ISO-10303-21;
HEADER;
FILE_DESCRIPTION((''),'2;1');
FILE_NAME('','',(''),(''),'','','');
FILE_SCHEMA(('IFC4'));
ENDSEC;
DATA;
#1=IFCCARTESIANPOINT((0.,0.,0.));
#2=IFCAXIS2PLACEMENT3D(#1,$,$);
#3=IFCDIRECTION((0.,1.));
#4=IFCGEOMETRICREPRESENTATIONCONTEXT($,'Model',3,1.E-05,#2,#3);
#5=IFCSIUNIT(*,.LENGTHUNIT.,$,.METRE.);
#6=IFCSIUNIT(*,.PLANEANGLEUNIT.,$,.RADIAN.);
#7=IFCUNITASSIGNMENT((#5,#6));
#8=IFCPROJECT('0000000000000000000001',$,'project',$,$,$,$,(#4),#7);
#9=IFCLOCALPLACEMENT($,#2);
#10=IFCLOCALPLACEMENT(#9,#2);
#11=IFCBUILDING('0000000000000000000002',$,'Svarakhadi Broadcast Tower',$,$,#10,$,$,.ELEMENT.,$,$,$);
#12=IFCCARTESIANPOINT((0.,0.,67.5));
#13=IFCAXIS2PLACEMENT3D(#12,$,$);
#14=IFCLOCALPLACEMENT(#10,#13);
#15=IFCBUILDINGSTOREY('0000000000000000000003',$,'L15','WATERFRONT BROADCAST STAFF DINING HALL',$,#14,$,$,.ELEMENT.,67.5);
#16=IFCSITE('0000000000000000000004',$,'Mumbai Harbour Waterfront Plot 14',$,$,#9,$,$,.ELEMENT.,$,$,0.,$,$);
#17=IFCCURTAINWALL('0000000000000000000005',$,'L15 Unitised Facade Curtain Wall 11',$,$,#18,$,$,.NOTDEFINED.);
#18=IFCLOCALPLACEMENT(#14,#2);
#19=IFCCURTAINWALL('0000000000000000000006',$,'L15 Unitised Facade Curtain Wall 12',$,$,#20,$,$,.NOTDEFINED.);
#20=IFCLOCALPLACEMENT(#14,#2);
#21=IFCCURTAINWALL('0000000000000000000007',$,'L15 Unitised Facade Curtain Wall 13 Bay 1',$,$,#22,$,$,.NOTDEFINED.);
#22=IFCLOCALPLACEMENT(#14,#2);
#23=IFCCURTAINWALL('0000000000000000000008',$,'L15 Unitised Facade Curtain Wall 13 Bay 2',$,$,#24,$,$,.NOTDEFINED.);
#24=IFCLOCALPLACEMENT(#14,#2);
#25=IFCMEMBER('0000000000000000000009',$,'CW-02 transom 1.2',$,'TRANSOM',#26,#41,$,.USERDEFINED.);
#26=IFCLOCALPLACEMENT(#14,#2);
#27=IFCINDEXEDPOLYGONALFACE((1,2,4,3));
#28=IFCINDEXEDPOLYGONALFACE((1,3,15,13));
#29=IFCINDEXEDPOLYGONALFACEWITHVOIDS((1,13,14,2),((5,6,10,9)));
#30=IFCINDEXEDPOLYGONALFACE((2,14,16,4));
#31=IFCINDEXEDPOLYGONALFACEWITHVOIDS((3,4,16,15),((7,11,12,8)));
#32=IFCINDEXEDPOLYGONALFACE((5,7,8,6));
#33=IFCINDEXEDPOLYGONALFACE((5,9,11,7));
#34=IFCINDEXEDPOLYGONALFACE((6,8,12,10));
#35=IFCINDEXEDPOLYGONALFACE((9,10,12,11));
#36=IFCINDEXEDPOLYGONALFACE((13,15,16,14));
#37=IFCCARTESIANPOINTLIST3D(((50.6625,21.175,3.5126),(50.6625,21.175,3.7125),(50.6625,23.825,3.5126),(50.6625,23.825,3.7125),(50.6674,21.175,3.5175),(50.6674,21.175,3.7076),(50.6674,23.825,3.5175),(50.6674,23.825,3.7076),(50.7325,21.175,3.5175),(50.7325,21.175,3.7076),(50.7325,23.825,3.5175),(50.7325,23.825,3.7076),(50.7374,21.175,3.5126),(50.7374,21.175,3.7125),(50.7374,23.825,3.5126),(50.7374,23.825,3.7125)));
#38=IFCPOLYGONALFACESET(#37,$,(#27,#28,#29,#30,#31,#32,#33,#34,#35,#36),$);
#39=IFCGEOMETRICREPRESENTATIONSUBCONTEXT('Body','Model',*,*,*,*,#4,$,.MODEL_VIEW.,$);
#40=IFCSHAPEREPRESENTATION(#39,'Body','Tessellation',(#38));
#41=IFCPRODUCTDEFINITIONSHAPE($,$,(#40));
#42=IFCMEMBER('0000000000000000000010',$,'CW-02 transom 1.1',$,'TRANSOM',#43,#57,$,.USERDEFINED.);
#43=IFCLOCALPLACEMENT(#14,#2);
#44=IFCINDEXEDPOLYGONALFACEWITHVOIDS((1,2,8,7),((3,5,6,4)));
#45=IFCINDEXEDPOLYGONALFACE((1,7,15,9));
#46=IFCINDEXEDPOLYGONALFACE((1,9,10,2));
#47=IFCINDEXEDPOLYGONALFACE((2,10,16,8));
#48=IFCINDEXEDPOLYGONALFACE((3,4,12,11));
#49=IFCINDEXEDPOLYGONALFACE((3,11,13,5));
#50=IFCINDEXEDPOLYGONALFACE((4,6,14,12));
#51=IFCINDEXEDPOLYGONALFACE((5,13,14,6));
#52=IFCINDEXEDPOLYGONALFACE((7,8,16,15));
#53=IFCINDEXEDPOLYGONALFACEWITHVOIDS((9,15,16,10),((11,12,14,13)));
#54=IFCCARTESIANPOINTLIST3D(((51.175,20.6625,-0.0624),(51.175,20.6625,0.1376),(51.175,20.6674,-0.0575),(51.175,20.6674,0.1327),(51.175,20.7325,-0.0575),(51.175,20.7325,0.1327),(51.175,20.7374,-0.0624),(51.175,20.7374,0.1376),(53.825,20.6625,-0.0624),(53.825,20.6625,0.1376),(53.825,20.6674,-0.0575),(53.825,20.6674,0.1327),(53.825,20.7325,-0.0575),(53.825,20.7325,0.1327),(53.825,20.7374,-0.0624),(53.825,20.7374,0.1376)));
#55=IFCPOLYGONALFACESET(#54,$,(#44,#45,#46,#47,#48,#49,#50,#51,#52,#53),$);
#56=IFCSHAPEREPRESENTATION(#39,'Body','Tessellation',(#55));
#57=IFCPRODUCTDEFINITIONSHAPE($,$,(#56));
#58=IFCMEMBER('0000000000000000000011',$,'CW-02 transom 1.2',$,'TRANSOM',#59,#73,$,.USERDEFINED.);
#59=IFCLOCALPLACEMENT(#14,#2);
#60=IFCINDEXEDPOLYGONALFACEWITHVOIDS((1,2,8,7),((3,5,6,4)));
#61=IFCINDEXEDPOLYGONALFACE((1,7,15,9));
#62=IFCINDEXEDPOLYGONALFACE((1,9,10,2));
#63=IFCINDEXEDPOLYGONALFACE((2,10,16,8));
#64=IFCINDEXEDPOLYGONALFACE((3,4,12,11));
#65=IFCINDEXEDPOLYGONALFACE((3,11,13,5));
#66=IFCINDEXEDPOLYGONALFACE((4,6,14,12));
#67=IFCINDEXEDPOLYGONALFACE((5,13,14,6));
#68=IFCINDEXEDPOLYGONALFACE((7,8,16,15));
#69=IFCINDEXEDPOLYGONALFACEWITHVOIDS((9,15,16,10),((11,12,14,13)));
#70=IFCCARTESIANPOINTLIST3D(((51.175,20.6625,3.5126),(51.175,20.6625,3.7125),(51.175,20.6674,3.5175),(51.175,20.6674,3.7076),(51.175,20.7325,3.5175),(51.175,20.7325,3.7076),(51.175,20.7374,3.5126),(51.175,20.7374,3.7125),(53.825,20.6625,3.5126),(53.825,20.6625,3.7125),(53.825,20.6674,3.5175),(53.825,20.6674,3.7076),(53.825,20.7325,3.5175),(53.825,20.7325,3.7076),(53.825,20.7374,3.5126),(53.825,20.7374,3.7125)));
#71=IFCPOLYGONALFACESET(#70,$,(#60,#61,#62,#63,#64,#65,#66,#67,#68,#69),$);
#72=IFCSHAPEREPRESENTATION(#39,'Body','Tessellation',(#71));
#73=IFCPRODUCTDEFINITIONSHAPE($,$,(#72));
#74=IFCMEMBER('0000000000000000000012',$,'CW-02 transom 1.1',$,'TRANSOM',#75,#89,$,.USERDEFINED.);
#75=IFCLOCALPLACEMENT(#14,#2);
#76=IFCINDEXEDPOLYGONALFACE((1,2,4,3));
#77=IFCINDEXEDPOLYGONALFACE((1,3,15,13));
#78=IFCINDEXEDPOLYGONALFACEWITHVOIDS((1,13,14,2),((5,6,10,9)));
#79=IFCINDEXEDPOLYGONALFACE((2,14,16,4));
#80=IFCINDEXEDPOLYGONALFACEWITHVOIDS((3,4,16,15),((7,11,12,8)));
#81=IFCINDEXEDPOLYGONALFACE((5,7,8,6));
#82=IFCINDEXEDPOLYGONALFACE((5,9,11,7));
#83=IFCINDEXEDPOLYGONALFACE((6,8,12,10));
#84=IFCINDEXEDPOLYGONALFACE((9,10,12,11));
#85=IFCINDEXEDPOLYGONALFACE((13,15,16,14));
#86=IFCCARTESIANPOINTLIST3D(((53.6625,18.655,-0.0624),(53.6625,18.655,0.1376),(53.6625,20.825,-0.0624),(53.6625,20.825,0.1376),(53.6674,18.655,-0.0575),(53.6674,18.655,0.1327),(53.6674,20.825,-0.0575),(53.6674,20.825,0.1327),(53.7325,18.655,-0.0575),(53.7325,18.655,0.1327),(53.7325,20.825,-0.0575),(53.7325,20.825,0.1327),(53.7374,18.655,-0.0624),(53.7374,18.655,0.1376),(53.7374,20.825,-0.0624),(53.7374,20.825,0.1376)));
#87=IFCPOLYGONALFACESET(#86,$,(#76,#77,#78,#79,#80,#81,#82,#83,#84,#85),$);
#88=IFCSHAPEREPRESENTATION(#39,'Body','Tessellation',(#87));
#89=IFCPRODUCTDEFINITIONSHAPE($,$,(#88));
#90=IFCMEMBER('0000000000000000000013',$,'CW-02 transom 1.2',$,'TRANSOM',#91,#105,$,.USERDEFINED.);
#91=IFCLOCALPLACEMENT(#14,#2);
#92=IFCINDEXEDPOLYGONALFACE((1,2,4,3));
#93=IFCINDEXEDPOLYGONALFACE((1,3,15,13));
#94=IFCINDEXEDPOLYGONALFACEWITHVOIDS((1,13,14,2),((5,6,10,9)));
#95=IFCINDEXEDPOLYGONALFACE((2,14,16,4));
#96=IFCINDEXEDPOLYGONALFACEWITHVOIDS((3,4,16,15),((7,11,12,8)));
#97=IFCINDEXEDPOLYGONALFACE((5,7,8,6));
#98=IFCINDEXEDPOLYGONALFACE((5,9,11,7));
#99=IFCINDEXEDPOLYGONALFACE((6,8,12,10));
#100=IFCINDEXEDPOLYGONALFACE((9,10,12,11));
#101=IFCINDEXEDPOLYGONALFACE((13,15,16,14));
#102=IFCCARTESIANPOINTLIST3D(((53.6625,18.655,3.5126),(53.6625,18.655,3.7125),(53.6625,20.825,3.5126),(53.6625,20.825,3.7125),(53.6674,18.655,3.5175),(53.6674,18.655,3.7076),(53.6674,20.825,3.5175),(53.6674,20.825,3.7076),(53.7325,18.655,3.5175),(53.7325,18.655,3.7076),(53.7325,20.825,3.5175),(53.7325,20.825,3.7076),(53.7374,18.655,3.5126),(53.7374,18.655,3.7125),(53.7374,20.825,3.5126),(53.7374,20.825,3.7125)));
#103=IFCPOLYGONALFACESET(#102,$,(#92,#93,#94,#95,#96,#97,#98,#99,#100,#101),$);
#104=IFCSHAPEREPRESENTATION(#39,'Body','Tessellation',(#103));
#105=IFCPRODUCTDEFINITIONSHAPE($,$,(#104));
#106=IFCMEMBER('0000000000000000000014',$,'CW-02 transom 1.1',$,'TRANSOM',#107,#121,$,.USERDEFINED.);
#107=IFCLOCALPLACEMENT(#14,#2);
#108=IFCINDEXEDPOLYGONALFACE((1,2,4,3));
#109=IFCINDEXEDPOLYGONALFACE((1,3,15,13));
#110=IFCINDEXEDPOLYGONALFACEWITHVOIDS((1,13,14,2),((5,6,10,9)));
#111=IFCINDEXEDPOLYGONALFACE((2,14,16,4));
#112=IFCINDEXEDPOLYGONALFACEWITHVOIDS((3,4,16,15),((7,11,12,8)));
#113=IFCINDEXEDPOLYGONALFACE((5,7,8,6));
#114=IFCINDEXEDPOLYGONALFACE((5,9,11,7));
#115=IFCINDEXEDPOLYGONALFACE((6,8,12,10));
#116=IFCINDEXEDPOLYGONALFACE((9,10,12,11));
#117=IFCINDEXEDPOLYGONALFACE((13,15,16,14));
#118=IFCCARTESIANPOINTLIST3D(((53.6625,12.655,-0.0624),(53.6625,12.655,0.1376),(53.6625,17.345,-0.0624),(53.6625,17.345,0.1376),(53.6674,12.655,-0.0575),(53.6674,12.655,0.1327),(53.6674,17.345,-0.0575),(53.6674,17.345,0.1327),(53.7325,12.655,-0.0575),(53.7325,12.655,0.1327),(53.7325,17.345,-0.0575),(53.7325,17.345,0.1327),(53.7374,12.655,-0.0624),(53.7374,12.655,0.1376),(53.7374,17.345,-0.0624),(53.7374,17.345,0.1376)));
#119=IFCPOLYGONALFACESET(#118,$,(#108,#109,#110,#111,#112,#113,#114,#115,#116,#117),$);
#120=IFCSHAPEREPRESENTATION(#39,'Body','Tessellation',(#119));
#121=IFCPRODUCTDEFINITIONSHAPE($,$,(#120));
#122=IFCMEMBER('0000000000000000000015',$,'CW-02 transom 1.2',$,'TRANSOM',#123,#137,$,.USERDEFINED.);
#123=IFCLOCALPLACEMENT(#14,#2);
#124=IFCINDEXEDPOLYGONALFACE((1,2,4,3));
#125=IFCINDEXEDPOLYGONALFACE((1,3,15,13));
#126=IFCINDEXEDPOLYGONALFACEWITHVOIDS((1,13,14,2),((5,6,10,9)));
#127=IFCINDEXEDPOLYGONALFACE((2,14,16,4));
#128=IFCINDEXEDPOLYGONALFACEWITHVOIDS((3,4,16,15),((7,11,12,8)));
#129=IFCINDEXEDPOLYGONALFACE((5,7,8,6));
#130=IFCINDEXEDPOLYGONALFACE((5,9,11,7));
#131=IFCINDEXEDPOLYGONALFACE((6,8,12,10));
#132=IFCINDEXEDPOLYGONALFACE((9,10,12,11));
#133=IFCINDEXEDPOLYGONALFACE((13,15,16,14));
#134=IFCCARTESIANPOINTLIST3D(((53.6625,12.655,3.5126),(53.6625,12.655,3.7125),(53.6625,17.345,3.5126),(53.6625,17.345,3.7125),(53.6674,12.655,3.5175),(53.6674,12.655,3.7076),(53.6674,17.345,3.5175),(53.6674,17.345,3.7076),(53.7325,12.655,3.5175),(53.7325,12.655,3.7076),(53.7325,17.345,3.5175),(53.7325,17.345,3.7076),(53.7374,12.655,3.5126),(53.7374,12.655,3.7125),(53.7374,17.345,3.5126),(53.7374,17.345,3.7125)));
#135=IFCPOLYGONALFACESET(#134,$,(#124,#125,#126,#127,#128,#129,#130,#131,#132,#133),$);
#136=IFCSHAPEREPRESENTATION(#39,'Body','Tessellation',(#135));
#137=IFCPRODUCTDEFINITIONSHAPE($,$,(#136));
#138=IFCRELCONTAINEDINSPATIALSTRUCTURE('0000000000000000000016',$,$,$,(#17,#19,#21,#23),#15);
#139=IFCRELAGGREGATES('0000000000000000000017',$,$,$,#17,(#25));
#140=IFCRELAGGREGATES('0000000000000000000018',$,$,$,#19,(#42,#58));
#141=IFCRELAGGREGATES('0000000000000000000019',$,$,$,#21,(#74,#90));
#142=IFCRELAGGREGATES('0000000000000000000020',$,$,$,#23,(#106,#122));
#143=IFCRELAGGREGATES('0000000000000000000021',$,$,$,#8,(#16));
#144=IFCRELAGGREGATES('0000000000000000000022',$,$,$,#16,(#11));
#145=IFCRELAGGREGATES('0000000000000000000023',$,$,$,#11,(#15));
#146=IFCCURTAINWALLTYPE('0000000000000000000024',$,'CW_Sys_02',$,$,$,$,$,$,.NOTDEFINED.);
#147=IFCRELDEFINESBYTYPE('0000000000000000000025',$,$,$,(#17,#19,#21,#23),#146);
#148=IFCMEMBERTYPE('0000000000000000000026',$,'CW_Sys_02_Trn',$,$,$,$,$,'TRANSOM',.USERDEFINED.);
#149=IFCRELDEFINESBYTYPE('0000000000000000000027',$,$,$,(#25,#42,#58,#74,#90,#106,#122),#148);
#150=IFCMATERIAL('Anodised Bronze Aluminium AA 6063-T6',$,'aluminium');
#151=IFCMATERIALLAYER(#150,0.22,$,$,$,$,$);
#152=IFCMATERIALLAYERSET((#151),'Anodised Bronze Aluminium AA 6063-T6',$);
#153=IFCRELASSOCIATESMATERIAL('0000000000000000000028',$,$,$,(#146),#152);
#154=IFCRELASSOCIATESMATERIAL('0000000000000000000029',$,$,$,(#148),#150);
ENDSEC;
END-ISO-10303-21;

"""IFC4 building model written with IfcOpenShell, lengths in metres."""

from ifc_helpers import new_model, si_unit, direction, frame, origin, origin_2d, place, context, subcontext, project, spatial, hollow_rectangle, extrude, material, layer, layer_set, material_profile, profile_set, type_object, element, aggregate, save


model = new_model("IFC4")

# Units and contexts
model_context = context("Model", 3, precision=1e-05, world=origin(), true_north=direction((0.0, 1.0)))
body_context = subcontext(model_context, "Body", "Model", "MODEL_VIEW")
ifc_project = project(units=[si_unit("LENGTHUNIT", "METRE"), si_unit("PLANEANGLEUNIT", "RADIAN")], contexts=[model_context])

# Site, building, storey
site_placement = place(None, origin())
site = spatial("IfcSite", under=ifc_project, at=site_placement, Name="Mumbai Harbour Waterfront Plot 14", CompositionType="ELEMENT", RefElevation=0.0)
building_placement = place(site_placement, origin())
building = spatial("IfcBuilding", under=site, at=building_placement, Name="Svarakhadi Broadcast Tower", CompositionType="ELEMENT")
storey_placement = place(building_placement, frame((0.0, 0.0, 67.5)))
storey = spatial("IfcBuildingStorey", under=building, at=storey_placement, Name="L15", Description="WATERFRONT BROADCAST STAFF DINING HALL", CompositionType="ELEMENT", Elevation=67.5)

# Curtain wall
ifc_material_1 = material(Name="Anodised Bronze Aluminium AA 6063-T6", Category="aluminium")
ifc_layer_1 = layer(ifc_material_1, 0.22)
ifc_layer_set_1 = layer_set([ifc_layer_1], Name="Anodised Bronze Aluminium AA 6063-T6")
curtain_wall_type = type_object("IfcCurtainWallType", Name="CW_Sys_02", PredefinedType="NOTDEFINED", material=ifc_layer_set_1)
curtain_wall_1_placement = place(storey_placement, origin())
curtain_wall_1 = element("IfcCurtainWall", 1, at=curtain_wall_1_placement, inside=storey, type_object=curtain_wall_type, Name="L15 Unitised Facade Curtain Wall 11", PredefinedType="NOTDEFINED")

# Curtain walls
curtain_wall_2_placement = place(storey_placement, origin())
curtain_wall_2 = element("IfcCurtainWall", 2, at=curtain_wall_2_placement, inside=storey, type_object=curtain_wall_type, Name="L15 Unitised Facade Curtain Wall 12", PredefinedType="NOTDEFINED")
curtain_wall_3_placement = place(storey_placement, origin())
curtain_wall_3 = element("IfcCurtainWall", 3, at=curtain_wall_3_placement, inside=storey, type_object=curtain_wall_type, Name="L15 Unitised Facade Curtain Wall 13 Bay 1", PredefinedType="NOTDEFINED")
curtain_wall_4_placement = place(storey_placement, origin())
curtain_wall_4 = element("IfcCurtainWall", 4, at=curtain_wall_4_placement, inside=storey, type_object=curtain_wall_type, Name="L15 Unitised Facade Curtain Wall 13 Bay 2", PredefinedType="NOTDEFINED")

# Members
ifc_material_profile_1 = material_profile(ifc_material_1, hollow_rectangle(XDim=0.075, YDim=0.2, WallThickness=0.0049, at=origin_2d()), Name="ALU TRANSOM 200x75x5")
ifc_profile_set_1 = profile_set([ifc_material_profile_1], Name="Anodised Bronze Aluminium AA 6063-T6")
member_type_1 = type_object("IfcMemberType", Name="CW_Sys_02_Trn", ElementType="TRANSOM", PredefinedType="USERDEFINED", material=ifc_profile_set_1)
member_1_placement = place(storey_placement, frame((50.7, 23.825, 3.6125), z_axis=(0.0, -1.0, 0.0), x_axis=(1.0, 0.0, 0.0)))
member_1 = element("IfcMember", 5, at=member_1_placement, type_object=member_type_1, Name="CW-02 transom 1.2", ObjectType="TRANSOM", PredefinedType="USERDEFINED", context=body_context, shape_type="SweptSolid", body=[
    extrude(hollow_rectangle(XDim=0.075, YDim=0.2, WallThickness=0.0049, at=origin_2d()), origin(), (0.0, 0.0, 1.0), 2.6499),
])
member_2_placement = place(storey_placement, frame((51.175, 20.7, 0.0376), z_axis=(1.0, 0.0, 0.0), x_axis=(0.0, 1.0, 0.0)))
member_2 = element("IfcMember", 6, at=member_2_placement, type_object=member_type_1, Name="CW-02 transom 1.1", ObjectType="TRANSOM", PredefinedType="USERDEFINED", context=body_context, shape_type="SweptSolid", body=[
    extrude(hollow_rectangle(XDim=0.075, YDim=0.2, WallThickness=0.0049, at=origin_2d()), origin(), (0.0, 0.0, 1.0), 2.6499),
])
member_3_placement = place(storey_placement, frame((51.175, 20.7, 3.6125), z_axis=(1.0, 0.0, 0.0), x_axis=(0.0, 1.0, 0.0)))
member_3 = element("IfcMember", 7, at=member_3_placement, type_object=member_type_1, Name="CW-02 transom 1.2", ObjectType="TRANSOM", PredefinedType="USERDEFINED", context=body_context, shape_type="SweptSolid", body=[
    extrude(hollow_rectangle(XDim=0.075, YDim=0.2, WallThickness=0.0049, at=origin_2d()), origin(), (0.0, 0.0, 1.0), 2.6499),
])
member_4_placement = place(storey_placement, frame((53.7, 20.825, 0.0376), z_axis=(0.0, -1.0, 0.0), x_axis=(1.0, 0.0, 0.0)))
member_4 = element("IfcMember", 8, at=member_4_placement, type_object=member_type_1, Name="CW-02 transom 1.1", ObjectType="TRANSOM", PredefinedType="USERDEFINED", context=body_context, shape_type="SweptSolid", body=[
    extrude(hollow_rectangle(XDim=0.075, YDim=0.2, WallThickness=0.0049, at=origin_2d()), origin(), (0.0, 0.0, 1.0), 2.1699),
])
member_5_placement = place(storey_placement, frame((53.7, 20.825, 3.6125), z_axis=(0.0, -1.0, 0.0), x_axis=(1.0, 0.0, 0.0)))
member_5 = element("IfcMember", 9, at=member_5_placement, type_object=member_type_1, Name="CW-02 transom 1.2", ObjectType="TRANSOM", PredefinedType="USERDEFINED", context=body_context, shape_type="SweptSolid", body=[
    extrude(hollow_rectangle(XDim=0.075, YDim=0.2, WallThickness=0.0049, at=origin_2d()), origin(), (0.0, 0.0, 1.0), 2.1699),
])
member_6_placement = place(storey_placement, frame((53.7, 17.345, 0.0376), z_axis=(0.0, -1.0, 0.0), x_axis=(1.0, 0.0, 0.0)))
member_6 = element("IfcMember", 10, at=member_6_placement, type_object=member_type_1, Name="CW-02 transom 1.1", ObjectType="TRANSOM", PredefinedType="USERDEFINED", context=body_context, shape_type="SweptSolid", body=[
    extrude(hollow_rectangle(XDim=0.075, YDim=0.2, WallThickness=0.0049, at=origin_2d()), origin(), (0.0, 0.0, 1.0), 4.6899),
])
member_7_placement = place(storey_placement, frame((53.7, 17.345, 3.6125), z_axis=(0.0, -1.0, 0.0), x_axis=(1.0, 0.0, 0.0)))
member_7 = element("IfcMember", 11, at=member_7_placement, type_object=member_type_1, Name="CW-02 transom 1.2", ObjectType="TRANSOM", PredefinedType="USERDEFINED", context=body_context, shape_type="SweptSolid", body=[
    extrude(hollow_rectangle(XDim=0.075, YDim=0.2, WallThickness=0.0049, at=origin_2d()), origin(), (0.0, 0.0, 1.0), 4.6899),
])

aggregate(curtain_wall_1, [member_1])
aggregate(curtain_wall_2, [member_2, member_3])
aggregate(curtain_wall_3, [member_4, member_5])
aggregate(curtain_wall_4, [member_6, member_7])

save(model, "model.ifc")
